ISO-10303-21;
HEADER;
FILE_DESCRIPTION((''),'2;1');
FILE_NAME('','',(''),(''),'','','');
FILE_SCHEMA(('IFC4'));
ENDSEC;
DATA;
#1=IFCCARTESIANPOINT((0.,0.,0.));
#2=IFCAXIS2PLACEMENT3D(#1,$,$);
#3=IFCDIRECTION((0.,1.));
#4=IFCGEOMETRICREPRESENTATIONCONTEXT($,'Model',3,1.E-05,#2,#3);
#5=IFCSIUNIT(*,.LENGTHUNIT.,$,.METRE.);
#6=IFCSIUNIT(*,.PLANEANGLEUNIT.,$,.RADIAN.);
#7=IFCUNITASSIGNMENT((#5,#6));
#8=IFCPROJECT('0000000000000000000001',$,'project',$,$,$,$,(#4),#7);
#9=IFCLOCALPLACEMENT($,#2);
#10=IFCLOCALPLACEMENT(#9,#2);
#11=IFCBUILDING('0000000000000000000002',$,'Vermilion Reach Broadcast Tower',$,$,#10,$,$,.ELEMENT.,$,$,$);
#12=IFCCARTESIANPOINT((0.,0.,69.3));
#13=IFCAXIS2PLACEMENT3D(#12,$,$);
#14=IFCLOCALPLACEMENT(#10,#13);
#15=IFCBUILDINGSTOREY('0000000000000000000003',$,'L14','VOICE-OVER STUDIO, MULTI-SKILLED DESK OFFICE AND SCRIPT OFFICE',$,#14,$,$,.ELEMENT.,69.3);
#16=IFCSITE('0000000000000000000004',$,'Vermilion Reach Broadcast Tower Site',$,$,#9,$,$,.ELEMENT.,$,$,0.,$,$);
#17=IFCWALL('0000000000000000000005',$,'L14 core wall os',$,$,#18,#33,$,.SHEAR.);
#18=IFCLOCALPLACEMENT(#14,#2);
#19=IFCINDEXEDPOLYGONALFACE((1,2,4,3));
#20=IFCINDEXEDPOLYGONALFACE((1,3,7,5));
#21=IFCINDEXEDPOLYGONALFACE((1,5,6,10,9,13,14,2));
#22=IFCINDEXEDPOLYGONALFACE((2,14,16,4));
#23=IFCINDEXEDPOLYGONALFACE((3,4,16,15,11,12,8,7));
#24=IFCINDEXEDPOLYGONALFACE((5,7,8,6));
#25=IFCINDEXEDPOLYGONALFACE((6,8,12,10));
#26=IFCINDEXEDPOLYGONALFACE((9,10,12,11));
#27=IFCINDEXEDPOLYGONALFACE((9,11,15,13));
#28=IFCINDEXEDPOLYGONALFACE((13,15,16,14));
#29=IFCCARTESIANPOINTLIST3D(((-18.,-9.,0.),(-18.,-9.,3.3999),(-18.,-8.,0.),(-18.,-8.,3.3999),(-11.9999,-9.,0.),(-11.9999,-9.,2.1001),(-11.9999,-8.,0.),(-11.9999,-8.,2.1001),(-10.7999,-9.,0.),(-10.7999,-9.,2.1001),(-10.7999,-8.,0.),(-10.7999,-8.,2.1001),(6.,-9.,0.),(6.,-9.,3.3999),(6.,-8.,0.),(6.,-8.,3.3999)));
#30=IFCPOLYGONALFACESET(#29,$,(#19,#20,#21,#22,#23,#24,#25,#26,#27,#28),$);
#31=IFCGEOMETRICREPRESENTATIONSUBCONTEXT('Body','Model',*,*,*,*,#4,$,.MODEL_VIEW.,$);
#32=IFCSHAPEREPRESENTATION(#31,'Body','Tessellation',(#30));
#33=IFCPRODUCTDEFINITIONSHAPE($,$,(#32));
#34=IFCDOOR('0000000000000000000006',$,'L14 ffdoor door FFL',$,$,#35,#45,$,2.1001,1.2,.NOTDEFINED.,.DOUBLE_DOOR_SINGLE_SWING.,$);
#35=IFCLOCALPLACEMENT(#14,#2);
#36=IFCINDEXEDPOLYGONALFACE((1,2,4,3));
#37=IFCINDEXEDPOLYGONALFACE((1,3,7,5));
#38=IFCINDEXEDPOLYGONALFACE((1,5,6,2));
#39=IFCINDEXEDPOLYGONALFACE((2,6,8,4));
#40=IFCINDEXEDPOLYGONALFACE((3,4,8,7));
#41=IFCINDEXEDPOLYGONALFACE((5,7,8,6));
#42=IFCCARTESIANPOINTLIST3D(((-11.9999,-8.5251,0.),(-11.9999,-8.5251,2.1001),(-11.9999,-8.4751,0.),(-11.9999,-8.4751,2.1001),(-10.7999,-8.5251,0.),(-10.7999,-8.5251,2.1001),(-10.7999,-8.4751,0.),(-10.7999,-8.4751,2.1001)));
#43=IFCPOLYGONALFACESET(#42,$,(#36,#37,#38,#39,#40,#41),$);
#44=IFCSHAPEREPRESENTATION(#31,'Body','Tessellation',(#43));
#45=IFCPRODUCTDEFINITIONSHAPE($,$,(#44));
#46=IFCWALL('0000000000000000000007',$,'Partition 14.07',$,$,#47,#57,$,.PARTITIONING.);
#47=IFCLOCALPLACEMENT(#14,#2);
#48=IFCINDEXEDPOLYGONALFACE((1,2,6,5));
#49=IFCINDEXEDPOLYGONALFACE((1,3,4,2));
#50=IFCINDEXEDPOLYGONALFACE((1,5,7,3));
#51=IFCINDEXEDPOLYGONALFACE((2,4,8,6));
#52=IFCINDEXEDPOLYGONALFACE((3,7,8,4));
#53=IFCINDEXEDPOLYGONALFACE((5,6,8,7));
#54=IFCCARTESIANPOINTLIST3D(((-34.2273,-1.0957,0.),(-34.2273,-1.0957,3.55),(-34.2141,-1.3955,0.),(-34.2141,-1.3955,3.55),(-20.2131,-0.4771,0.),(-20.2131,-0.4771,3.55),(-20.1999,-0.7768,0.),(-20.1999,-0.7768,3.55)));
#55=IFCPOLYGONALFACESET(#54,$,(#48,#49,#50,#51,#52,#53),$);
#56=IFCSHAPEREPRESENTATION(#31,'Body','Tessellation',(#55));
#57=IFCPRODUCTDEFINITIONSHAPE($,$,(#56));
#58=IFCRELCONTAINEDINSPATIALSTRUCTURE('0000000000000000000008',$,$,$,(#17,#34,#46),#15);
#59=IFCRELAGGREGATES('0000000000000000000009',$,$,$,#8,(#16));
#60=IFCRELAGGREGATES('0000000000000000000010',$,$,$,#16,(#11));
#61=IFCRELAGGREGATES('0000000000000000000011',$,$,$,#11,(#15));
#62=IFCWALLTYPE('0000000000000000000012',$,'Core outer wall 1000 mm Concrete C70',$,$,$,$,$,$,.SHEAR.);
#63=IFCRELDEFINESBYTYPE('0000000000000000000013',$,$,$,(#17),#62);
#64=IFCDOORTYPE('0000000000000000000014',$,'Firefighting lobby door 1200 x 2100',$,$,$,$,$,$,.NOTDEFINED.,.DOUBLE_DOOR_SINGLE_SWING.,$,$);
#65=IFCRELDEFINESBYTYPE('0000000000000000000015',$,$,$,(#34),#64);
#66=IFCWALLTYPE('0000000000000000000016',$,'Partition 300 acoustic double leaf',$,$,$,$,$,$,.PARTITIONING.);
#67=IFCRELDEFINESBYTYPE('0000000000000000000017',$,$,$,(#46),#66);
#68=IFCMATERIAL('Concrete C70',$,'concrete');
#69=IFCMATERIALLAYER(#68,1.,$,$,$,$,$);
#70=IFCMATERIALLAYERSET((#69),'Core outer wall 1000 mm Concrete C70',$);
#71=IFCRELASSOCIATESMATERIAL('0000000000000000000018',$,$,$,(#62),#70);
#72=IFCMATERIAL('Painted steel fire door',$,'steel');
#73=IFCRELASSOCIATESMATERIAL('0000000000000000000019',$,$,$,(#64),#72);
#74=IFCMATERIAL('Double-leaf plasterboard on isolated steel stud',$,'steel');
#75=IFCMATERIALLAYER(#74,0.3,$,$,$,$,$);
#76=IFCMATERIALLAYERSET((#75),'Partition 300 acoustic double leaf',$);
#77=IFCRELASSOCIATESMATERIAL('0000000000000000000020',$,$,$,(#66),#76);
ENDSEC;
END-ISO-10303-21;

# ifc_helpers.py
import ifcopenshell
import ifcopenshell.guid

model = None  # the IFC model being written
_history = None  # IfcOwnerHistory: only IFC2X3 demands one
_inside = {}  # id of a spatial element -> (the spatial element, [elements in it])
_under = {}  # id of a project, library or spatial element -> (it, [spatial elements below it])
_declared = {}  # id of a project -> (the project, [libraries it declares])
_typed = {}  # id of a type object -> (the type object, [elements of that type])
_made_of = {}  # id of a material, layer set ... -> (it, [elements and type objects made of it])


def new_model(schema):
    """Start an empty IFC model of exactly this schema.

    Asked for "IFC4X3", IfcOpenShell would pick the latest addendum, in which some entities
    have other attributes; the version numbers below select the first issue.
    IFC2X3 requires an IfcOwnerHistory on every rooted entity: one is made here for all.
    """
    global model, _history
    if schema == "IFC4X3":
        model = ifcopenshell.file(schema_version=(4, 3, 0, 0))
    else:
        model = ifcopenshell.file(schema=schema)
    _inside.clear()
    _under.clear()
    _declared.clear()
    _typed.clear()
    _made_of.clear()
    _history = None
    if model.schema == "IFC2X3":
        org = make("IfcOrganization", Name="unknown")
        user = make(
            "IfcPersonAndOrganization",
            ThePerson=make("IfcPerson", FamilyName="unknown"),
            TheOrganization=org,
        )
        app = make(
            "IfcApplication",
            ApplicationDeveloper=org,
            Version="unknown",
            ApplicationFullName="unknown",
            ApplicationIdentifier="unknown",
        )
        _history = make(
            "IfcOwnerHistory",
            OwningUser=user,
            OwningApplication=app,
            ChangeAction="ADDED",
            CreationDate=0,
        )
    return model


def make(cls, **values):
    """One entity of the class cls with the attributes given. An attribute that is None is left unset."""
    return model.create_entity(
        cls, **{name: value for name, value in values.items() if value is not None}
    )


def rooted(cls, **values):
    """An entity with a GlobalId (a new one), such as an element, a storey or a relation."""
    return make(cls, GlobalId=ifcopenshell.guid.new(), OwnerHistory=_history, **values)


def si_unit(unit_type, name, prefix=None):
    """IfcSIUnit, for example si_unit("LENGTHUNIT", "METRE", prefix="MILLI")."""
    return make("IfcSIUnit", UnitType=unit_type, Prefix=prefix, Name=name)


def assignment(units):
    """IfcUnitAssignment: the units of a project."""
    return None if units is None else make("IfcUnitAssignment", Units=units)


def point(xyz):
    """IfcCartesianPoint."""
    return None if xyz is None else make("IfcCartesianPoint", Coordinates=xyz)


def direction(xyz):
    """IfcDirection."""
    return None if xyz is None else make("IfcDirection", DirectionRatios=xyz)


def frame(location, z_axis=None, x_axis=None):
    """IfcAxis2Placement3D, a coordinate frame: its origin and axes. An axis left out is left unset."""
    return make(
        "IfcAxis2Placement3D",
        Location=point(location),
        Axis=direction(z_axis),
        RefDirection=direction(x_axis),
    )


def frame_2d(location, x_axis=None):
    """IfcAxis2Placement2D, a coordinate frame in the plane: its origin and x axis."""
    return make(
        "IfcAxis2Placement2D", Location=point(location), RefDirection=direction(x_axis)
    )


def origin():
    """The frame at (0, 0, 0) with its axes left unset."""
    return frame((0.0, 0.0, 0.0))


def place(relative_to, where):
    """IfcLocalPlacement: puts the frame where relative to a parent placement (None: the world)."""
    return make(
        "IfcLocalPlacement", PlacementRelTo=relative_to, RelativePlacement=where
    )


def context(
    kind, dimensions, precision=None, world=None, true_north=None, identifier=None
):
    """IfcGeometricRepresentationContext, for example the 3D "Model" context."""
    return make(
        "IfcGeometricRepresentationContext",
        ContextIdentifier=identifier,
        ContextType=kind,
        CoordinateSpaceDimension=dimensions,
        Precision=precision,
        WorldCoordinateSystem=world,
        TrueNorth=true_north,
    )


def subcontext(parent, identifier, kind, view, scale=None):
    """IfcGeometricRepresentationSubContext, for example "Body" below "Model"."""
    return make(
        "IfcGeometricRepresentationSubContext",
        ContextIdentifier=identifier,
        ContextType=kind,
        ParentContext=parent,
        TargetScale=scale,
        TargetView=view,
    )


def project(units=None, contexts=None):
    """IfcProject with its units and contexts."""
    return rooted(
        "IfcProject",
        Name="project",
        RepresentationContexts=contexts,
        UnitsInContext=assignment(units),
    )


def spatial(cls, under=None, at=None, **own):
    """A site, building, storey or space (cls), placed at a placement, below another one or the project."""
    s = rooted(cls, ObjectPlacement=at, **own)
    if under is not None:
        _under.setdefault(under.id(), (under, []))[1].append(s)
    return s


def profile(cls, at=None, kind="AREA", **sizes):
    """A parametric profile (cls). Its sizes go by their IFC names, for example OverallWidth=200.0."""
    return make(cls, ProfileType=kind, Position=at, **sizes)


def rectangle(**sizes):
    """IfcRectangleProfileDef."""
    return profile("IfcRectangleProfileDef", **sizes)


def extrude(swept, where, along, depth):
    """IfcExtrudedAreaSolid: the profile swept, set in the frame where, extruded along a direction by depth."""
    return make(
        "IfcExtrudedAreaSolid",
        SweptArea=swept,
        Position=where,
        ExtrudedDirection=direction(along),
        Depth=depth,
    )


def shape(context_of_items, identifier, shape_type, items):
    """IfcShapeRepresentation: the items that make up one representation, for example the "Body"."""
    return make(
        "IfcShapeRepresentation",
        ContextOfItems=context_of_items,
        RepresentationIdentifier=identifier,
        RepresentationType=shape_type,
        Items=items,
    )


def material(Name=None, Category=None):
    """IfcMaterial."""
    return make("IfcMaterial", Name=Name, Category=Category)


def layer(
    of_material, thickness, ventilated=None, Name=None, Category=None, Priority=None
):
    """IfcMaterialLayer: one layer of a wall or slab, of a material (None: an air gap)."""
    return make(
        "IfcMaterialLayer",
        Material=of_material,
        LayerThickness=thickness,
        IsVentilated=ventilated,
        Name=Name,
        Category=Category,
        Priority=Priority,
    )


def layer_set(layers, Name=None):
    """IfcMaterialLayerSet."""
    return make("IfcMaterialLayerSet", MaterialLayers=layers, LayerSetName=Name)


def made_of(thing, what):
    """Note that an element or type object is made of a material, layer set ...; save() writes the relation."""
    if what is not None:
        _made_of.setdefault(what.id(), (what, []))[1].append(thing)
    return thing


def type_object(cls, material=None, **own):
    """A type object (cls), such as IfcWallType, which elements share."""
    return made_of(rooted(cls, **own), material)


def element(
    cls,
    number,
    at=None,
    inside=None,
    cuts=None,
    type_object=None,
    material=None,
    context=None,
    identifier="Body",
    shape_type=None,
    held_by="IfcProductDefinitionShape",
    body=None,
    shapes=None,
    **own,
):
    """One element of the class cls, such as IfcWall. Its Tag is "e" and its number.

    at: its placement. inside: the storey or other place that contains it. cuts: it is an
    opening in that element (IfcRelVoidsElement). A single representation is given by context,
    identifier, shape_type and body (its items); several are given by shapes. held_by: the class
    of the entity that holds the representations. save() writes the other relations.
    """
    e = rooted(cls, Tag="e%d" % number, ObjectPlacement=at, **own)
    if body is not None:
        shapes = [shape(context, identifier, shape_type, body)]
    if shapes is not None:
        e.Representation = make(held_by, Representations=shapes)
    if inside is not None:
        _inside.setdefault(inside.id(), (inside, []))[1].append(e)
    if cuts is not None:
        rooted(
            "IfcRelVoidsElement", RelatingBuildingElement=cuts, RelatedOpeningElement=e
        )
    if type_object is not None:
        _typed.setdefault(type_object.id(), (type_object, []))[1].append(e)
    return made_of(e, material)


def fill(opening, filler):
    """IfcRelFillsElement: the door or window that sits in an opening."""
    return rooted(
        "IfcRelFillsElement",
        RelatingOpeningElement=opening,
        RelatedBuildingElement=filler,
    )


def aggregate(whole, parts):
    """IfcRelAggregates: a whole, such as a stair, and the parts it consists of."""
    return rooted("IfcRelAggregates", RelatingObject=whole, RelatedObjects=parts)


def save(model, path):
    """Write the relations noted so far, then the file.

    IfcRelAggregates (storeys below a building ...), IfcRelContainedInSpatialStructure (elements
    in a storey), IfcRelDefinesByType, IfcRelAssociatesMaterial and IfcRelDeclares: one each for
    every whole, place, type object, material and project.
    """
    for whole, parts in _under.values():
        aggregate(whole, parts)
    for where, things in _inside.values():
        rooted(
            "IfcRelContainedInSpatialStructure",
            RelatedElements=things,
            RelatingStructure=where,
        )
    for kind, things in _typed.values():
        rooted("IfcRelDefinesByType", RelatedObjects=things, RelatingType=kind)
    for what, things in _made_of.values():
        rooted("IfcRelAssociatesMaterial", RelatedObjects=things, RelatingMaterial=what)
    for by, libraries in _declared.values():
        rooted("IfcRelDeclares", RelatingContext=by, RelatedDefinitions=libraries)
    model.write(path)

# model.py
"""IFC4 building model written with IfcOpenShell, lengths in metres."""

from ifc_helpers import new_model, si_unit, direction, frame, frame_2d, origin, place, context, subcontext, project, spatial, rectangle, extrude, material, layer, layer_set, type_object, element, fill, save


model = new_model("IFC4")

# Units and contexts
model_context = context("Model", 3, precision=1e-05, world=origin(), true_north=direction((0.0, 1.0)))
body_context = subcontext(model_context, "Body", "Model", "MODEL_VIEW")
ifc_project = project(units=[si_unit("LENGTHUNIT", "METRE"), si_unit("PLANEANGLEUNIT", "RADIAN")], contexts=[model_context])

# Site, building, storey
site_placement = place(None, origin())
site = spatial("IfcSite", under=ifc_project, at=site_placement, Name="Vermilion Reach Broadcast Tower Site", CompositionType="ELEMENT", RefElevation=0.0)
building_placement = place(site_placement, origin())
building = spatial("IfcBuilding", under=site, at=building_placement, Name="Vermilion Reach Broadcast Tower", CompositionType="ELEMENT")
storey_placement = place(building_placement, frame((0.0, 0.0, 69.3)))
storey = spatial("IfcBuildingStorey", under=building, at=storey_placement, Name="L14", Description="VOICE-OVER STUDIO, MULTI-SKILLED DESK OFFICE AND SCRIPT OFFICE", CompositionType="ELEMENT", Elevation=69.3)

# Wall, opening, door
ifc_material_1 = material(Name="Concrete C70", Category="concrete")
ifc_layer_1 = layer(ifc_material_1, 1.0)
ifc_layer_set_1 = layer_set([ifc_layer_1], Name="Core outer wall 1000 mm Concrete C70")
wall_type_1 = type_object("IfcWallType", Name="Core outer wall 1000 mm Concrete C70", PredefinedType="SHEAR", material=ifc_layer_set_1)
wall_1_placement = place(storey_placement, frame((-18.0, -8.5, 0.0), z_axis=(0.0, 0.0, 1.0), x_axis=(1.0, 0.0, 0.0)))
wall_1 = element("IfcWall", 1, at=wall_1_placement, inside=storey, type_object=wall_type_1, Name="L14 core wall os", PredefinedType="SHEAR", context=body_context, shape_type="SweptSolid", body=[
    extrude(rectangle(XDim=24.0, YDim=1.0, at=frame_2d((12.0, 0.0))), origin(), (0.0, 0.0, 1.0), 3.3999),
])
opening_placement = place(wall_1_placement, frame((6.0, 0.0, 0.0)))
opening = element("IfcOpeningElement", 2, at=opening_placement, cuts=wall_1, PredefinedType="OPENING", context=body_context, shape_type="SweptSolid", body=[
    extrude(rectangle(XDim=1.2, YDim=2.1001, at=frame_2d((0.6001, 1.05))), frame((0.0, 0.51, 0.0), z_axis=(0.0, -1.0, 0.0), x_axis=(1.0, 0.0, 0.0)), (0.0, 0.0, 1.0), 1.02),
])
ifc_material_2 = material(Name="Painted steel fire door", Category="steel")
door_type = type_object("IfcDoorType", Name="Firefighting lobby door 1200 x 2100", OperationType="DOUBLE_DOOR_SINGLE_SWING", PredefinedType="NOTDEFINED", material=ifc_material_2)
door_placement = place(opening_placement, origin())
door = element("IfcDoor", 3, at=door_placement, inside=storey, type_object=door_type, Name="L14 ffdoor door FFL", OperationType="DOUBLE_DOOR_SINGLE_SWING", OverallHeight=2.1001, OverallWidth=1.2, PredefinedType="NOTDEFINED", context=body_context, shape_type="SweptSolid", body=[
    extrude(rectangle(XDim=1.2, YDim=2.1001, at=frame_2d((0.6001, 1.05))), frame((0.0, 0.0249, 0.0), z_axis=(0.0, -1.0, 0.0), x_axis=(1.0, 0.0, 0.0)), (0.0, 0.0, 1.0), 0.05),
])
fill(opening, door)

# Wall
ifc_material_3 = material(Name="Double-leaf plasterboard on isolated steel stud", Category="steel")
ifc_layer_2 = layer(ifc_material_3, 0.3)
ifc_layer_set_2 = layer_set([ifc_layer_2], Name="Partition 300 acoustic double leaf")
wall_type_2 = type_object("IfcWallType", Name="Partition 300 acoustic double leaf", PredefinedType="PARTITIONING", material=ifc_layer_set_2)
wall_2_placement = place(storey_placement, frame((-34.2207, -1.2456, 0.0), z_axis=(0.0, 0.0, 1.0), x_axis=(0.999027, 0.044102, 0.0)))
element("IfcWall", 4, at=wall_2_placement, inside=storey, type_object=wall_type_2, Name="Partition 14.07", PredefinedType="PARTITIONING", context=body_context, shape_type="SweptSolid", body=[
    extrude(rectangle(XDim=14.0278, YDim=0.3, at=frame_2d((7.0139, 0.0))), origin(), (0.0, 0.0, 1.0), 3.55),
])

save(model, "model.ifc")
